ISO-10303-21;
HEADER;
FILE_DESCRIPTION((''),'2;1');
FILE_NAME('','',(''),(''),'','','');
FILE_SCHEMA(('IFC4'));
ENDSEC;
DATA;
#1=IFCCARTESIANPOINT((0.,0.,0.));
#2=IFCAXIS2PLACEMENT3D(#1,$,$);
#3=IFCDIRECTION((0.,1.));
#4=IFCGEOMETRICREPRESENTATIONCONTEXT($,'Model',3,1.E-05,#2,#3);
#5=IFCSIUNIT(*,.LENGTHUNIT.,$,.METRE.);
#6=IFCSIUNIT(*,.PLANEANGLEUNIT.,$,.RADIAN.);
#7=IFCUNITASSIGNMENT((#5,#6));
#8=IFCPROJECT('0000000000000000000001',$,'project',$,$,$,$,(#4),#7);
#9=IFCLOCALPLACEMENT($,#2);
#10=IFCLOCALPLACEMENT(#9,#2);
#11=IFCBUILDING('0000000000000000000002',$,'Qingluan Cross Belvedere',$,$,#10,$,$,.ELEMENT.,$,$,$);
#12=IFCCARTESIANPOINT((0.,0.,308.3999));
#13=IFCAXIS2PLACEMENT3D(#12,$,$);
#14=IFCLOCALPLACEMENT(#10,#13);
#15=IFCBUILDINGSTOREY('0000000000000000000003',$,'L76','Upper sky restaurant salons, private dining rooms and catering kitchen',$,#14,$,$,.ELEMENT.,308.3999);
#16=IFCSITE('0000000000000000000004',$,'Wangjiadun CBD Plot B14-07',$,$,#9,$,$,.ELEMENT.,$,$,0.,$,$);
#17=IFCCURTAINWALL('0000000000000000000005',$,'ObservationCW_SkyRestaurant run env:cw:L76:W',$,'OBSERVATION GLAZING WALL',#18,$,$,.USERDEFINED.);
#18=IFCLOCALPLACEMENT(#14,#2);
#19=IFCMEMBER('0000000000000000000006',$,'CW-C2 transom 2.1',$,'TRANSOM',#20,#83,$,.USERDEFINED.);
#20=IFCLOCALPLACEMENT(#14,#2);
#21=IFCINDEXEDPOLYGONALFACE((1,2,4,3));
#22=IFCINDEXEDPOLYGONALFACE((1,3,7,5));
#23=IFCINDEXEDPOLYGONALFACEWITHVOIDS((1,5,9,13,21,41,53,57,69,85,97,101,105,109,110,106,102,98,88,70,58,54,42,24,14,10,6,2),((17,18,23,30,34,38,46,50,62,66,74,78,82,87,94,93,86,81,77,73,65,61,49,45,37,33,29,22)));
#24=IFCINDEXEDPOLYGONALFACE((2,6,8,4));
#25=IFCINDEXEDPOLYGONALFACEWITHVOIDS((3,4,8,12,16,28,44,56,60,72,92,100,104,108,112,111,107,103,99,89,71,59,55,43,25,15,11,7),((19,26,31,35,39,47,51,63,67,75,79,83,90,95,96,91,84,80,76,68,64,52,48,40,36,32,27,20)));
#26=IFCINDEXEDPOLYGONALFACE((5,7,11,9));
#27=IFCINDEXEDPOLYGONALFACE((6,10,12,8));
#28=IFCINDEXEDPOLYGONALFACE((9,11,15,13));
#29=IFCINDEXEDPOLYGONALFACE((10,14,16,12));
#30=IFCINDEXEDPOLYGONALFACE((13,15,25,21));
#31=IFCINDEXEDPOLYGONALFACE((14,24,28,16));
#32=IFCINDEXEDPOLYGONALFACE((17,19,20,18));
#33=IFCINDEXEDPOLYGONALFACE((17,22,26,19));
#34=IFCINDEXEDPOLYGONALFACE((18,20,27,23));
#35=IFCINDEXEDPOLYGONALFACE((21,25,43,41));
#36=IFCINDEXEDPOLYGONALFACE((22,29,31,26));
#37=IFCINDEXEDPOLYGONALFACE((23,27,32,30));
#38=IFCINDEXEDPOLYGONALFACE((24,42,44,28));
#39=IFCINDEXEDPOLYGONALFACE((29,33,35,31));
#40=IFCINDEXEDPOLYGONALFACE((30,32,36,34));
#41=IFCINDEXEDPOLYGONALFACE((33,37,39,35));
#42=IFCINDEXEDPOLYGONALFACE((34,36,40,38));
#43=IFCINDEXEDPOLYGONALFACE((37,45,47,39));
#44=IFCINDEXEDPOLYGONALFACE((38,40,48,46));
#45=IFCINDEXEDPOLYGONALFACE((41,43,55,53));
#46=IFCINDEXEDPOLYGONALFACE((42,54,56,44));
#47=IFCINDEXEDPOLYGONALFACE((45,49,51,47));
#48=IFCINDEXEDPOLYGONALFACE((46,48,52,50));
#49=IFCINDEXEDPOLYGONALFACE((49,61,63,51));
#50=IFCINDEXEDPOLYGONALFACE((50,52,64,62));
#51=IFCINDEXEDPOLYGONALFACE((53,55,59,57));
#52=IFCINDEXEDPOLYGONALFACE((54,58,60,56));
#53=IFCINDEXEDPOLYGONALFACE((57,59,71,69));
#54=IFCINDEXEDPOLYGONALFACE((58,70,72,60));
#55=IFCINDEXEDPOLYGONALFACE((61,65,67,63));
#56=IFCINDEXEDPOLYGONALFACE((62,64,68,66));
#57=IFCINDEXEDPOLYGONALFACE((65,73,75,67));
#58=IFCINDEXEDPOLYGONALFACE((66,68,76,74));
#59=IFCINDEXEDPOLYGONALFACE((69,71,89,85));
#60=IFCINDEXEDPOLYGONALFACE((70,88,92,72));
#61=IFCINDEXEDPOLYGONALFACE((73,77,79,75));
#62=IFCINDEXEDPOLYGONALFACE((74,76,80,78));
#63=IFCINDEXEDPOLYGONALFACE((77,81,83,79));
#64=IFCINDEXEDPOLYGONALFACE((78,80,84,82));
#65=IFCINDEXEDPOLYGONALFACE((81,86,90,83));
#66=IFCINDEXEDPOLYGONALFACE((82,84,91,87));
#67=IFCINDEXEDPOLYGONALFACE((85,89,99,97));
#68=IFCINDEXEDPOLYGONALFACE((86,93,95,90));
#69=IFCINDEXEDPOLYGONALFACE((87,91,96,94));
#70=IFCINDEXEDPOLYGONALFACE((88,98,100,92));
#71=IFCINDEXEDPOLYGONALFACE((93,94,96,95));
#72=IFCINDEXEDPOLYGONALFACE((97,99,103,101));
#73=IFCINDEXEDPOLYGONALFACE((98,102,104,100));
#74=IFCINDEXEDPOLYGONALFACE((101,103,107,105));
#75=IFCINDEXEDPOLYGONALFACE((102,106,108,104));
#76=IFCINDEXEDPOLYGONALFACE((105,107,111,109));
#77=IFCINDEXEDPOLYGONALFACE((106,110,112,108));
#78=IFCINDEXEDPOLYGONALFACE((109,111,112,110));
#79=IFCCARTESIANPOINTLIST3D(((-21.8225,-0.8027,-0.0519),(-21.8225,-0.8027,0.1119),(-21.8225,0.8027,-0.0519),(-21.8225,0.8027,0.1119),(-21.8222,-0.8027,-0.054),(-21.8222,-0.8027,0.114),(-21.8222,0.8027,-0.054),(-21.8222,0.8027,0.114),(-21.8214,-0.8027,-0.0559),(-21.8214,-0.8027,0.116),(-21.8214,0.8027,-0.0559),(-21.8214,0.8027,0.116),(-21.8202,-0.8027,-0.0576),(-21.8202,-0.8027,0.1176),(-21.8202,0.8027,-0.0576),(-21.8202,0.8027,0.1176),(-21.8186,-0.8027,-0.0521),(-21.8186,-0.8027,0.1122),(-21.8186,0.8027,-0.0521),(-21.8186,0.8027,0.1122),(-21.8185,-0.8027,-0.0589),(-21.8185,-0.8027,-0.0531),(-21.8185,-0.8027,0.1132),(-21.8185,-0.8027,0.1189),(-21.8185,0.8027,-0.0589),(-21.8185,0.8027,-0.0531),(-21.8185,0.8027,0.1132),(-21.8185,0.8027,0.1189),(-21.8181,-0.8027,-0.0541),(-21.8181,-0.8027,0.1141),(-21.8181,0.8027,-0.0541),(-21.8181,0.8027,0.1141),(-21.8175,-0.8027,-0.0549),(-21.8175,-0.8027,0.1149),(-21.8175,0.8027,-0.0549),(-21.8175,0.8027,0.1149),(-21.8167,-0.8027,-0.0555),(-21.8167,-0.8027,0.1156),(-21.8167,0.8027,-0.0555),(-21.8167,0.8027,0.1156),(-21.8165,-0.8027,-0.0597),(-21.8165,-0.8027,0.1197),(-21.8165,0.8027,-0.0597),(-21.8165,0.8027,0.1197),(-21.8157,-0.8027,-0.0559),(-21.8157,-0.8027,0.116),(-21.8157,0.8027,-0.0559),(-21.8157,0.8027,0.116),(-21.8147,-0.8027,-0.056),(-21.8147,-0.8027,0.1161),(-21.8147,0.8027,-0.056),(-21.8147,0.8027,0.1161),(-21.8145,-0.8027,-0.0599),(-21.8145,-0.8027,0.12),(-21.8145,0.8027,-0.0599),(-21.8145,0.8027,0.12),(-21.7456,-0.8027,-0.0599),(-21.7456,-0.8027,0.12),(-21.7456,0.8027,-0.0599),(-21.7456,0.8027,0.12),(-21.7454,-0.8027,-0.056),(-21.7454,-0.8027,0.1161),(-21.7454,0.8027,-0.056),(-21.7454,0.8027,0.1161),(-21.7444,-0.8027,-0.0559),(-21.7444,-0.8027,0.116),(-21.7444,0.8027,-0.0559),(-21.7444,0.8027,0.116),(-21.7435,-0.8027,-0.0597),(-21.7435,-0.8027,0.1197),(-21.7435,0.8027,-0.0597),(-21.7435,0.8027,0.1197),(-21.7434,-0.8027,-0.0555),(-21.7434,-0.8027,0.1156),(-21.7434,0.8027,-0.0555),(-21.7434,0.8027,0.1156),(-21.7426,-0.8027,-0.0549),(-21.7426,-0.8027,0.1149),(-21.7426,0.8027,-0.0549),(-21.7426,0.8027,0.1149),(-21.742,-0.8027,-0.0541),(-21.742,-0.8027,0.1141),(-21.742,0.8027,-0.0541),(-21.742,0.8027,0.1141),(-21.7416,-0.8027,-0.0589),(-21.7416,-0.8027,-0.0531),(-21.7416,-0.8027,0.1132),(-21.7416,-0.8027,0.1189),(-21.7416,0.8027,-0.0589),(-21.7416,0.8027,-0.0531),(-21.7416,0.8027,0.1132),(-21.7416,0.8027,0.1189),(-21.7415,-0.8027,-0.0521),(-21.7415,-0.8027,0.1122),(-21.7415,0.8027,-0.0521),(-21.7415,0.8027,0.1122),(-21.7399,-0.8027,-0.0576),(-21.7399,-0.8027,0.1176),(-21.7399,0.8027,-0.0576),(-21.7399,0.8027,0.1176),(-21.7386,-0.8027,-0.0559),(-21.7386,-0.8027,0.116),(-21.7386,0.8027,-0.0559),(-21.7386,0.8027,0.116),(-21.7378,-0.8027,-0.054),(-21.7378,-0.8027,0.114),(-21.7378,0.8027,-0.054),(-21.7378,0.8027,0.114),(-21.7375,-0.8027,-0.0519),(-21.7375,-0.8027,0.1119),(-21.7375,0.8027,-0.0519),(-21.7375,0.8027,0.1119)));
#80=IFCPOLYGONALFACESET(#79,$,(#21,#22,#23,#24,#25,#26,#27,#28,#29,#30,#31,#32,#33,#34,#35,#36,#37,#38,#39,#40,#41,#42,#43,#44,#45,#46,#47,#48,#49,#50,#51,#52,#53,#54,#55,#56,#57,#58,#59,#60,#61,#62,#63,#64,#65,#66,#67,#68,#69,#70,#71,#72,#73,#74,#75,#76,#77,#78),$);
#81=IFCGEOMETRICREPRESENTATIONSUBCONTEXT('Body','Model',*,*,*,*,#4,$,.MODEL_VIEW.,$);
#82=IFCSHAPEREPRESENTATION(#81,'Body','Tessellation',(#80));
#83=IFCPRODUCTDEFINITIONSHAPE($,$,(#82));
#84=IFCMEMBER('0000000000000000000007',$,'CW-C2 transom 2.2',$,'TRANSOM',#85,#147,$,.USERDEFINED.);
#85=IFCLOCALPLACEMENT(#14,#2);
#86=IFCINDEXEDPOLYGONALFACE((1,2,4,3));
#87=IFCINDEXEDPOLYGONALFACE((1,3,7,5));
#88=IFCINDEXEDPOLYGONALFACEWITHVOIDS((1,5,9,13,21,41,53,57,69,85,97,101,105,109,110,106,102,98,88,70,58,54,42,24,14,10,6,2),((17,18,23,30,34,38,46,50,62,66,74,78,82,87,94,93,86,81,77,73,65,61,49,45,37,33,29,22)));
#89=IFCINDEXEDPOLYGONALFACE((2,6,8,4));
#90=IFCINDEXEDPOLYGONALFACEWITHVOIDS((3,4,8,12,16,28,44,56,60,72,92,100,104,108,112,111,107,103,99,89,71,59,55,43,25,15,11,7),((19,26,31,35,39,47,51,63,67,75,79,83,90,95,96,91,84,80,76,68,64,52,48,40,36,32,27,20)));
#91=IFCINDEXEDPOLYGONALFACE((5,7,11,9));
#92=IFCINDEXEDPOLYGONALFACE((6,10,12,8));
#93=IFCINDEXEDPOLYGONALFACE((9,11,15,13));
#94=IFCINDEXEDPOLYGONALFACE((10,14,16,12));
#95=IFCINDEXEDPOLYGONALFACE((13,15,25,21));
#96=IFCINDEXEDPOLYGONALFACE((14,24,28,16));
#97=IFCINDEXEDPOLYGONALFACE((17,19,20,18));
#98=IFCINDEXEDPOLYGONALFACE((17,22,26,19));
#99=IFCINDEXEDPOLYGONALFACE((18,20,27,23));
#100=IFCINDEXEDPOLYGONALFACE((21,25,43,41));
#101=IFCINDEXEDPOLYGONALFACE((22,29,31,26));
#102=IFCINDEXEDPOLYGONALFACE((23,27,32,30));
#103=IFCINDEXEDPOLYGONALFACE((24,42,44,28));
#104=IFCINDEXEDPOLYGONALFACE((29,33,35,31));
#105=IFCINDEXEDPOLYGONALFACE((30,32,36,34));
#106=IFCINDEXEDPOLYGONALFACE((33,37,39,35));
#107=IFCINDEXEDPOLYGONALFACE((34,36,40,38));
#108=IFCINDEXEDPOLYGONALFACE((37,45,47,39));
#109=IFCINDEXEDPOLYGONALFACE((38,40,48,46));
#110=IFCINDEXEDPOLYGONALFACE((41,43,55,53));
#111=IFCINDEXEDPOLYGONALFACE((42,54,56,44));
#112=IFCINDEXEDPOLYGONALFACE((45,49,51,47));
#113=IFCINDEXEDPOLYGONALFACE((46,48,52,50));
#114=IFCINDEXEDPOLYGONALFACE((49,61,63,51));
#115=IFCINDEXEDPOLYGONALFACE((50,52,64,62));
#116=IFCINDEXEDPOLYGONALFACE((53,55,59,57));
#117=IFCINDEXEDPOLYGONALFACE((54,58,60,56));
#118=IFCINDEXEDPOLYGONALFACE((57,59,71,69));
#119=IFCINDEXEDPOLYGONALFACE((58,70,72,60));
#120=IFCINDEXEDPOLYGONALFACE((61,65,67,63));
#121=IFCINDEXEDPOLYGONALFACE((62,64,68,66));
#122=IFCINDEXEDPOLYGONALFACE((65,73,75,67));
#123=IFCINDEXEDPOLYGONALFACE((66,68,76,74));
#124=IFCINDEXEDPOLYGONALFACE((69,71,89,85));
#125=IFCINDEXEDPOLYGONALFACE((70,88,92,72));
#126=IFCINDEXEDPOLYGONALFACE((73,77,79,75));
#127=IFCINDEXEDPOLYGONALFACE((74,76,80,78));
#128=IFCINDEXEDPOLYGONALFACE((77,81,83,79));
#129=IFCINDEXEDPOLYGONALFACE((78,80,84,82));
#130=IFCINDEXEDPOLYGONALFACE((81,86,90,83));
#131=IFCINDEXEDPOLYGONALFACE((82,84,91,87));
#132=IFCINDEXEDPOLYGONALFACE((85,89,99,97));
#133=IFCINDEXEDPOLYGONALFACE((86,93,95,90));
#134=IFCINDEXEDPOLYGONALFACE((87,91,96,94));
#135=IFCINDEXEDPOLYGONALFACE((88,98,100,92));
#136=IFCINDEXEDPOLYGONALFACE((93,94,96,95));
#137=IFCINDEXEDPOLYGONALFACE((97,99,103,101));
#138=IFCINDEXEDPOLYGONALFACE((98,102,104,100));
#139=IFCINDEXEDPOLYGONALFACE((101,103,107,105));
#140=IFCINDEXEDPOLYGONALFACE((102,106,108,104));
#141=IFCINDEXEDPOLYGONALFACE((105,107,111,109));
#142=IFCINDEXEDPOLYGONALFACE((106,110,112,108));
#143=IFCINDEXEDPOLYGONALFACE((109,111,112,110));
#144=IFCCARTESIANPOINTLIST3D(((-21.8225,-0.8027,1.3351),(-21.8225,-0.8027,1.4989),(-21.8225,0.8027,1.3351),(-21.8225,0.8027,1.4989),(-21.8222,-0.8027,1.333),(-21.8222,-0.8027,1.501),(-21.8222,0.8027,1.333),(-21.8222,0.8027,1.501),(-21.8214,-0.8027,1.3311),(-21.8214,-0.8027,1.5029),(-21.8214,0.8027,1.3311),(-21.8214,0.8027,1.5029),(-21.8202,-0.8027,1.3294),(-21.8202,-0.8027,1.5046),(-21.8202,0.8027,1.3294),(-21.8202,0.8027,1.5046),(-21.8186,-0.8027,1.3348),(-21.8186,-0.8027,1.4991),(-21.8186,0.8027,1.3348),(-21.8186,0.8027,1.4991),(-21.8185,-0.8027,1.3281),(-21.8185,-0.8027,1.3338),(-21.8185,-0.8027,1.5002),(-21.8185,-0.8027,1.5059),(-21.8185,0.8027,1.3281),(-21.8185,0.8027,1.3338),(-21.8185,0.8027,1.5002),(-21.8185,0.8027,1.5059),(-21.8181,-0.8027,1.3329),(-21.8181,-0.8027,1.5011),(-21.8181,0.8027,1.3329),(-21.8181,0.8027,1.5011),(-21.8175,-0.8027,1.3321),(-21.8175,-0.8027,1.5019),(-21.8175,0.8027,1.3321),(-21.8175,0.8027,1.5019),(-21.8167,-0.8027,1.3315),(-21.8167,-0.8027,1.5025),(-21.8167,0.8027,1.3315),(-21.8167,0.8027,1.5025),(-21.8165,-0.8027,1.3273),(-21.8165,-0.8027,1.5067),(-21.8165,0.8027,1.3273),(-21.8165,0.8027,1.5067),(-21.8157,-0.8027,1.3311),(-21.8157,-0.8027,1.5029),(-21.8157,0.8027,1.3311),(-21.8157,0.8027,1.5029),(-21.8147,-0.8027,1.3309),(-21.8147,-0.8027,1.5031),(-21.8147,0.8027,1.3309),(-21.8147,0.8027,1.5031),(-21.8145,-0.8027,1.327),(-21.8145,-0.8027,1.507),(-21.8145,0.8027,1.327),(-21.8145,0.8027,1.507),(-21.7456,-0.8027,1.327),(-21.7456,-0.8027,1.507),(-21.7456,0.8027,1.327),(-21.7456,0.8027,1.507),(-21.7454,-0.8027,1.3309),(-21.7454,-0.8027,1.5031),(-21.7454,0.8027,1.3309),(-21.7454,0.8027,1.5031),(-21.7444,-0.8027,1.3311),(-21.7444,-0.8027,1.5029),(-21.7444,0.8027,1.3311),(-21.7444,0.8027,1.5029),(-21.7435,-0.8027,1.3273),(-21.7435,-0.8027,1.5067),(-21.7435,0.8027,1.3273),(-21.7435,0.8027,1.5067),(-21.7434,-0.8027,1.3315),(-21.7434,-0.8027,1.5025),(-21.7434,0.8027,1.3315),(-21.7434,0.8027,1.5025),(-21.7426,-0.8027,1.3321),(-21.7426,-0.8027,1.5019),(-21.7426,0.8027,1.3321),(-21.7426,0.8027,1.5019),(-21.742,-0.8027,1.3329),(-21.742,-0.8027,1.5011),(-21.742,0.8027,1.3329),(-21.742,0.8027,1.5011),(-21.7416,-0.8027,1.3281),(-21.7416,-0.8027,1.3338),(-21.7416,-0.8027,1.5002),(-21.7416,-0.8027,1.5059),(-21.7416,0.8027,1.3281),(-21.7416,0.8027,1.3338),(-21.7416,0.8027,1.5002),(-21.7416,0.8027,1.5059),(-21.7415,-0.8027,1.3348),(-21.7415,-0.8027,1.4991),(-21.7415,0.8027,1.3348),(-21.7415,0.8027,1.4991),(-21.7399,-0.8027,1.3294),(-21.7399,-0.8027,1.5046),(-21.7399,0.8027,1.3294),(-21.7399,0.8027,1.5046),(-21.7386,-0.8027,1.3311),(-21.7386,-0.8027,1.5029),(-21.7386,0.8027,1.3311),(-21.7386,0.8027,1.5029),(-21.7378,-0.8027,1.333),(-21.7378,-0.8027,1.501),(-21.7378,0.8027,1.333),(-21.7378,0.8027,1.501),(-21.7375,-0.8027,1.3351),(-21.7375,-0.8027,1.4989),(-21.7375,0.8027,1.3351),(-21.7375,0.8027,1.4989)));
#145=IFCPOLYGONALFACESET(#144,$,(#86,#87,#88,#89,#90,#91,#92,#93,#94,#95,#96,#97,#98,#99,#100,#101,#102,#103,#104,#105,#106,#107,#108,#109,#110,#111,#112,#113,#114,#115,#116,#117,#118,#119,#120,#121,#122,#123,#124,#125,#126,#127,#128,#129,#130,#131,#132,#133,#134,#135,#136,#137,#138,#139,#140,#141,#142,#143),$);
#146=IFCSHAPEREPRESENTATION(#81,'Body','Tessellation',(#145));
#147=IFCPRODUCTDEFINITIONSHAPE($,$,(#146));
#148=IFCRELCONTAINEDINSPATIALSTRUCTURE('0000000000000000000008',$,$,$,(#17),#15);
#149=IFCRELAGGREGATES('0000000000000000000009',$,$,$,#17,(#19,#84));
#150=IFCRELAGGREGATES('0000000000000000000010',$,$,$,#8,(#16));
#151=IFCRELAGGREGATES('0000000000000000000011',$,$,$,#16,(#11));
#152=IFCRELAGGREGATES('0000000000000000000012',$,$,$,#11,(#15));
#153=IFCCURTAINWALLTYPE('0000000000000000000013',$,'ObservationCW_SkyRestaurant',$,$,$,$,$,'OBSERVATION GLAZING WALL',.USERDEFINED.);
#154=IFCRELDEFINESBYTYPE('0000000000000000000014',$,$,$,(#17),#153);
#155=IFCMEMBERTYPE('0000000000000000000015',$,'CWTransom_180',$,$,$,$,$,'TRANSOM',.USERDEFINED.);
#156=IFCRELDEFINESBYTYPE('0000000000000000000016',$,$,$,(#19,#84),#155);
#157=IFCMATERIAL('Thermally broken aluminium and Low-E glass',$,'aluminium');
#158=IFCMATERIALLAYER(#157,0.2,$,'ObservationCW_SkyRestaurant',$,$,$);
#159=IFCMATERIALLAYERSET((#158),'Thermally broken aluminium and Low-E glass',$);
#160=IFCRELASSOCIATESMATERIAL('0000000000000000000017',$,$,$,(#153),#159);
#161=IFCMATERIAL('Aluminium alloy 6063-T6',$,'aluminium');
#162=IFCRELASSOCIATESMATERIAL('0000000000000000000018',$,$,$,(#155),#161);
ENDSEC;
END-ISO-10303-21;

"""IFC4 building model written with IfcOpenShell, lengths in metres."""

from ifc_helpers import new_model, si_unit, direction, frame, origin, origin_2d, place, context, subcontext, project, spatial, hollow_rectangle, extrude, material, layer, layer_set, material_profile, profile_set, type_object, element, aggregate, save


model = new_model("IFC4")

# Units and contexts
model_context = context("Model", 3, precision=1e-05, world=origin(), true_north=direction((0.0, 1.0)))
body_context = subcontext(model_context, "Body", "Model", "MODEL_VIEW")
ifc_project = project(units=[si_unit("LENGTHUNIT", "METRE"), si_unit("PLANEANGLEUNIT", "RADIAN")], contexts=[model_context])

# Site, building, storey
site_placement = place(None, origin())
site = spatial("IfcSite", under=ifc_project, at=site_placement, Name="Wangjiadun CBD Plot B14-07", CompositionType="ELEMENT", RefElevation=0.0)
building_placement = place(site_placement, origin())
building = spatial("IfcBuilding", under=site, at=building_placement, Name="Qingluan Cross Belvedere", CompositionType="ELEMENT")
storey_placement = place(building_placement, frame((0.0, 0.0, 308.3999)))
storey = spatial("IfcBuildingStorey", under=building, at=storey_placement, Name="L76", Description="Upper sky restaurant salons, private dining rooms and catering kitchen", CompositionType="ELEMENT", Elevation=308.3999)

# Curtain wall, members
ifc_material_1 = material(Name="Thermally broken aluminium and Low-E glass", Category="aluminium")
ifc_layer_1 = layer(ifc_material_1, 0.2, Name="ObservationCW_SkyRestaurant")
ifc_layer_set_1 = layer_set([ifc_layer_1], Name="Thermally broken aluminium and Low-E glass")
curtain_wall_type = type_object("IfcCurtainWallType", Name="ObservationCW_SkyRestaurant", ElementType="OBSERVATION GLAZING WALL", PredefinedType="USERDEFINED", material=ifc_layer_set_1)
curtain_wall_placement = place(storey_placement, origin())
curtain_wall = element("IfcCurtainWall", 1, at=curtain_wall_placement, inside=storey, type_object=curtain_wall_type, Name="ObservationCW_SkyRestaurant run env:cw:L76:W", ObjectType="OBSERVATION GLAZING WALL", PredefinedType="USERDEFINED")
ifc_material_2 = material(Name="Aluminium alloy 6063-T6", Category="aluminium")
ifc_material_profile_1 = material_profile(ifc_material_2, hollow_rectangle(XDim=0.085, YDim=0.1799, WallThickness=0.0039, InnerFilletRadius=0.0039, OuterFilletRadius=0.0081, at=origin_2d()), Name="CWT180x85x4")
ifc_profile_set_1 = profile_set([ifc_material_profile_1], Name="Aluminium alloy 6063-T6")
member_type_1 = type_object("IfcMemberType", Name="CWTransom_180", ElementType="TRANSOM", PredefinedType="USERDEFINED", material=ifc_profile_set_1)
member_1_placement = place(storey_placement, frame((-21.78, 0.8027, 0.03), z_axis=(0.0, -1.0, 0.0), x_axis=(1.0, 0.0, 0.0)))
member_1 = element("IfcMember", 2, at=member_1_placement, type_object=member_type_1, Name="CW-C2 transom 2.1", ObjectType="TRANSOM", PredefinedType="USERDEFINED", context=body_context, shape_type="SweptSolid", body=[
    extrude(hollow_rectangle(XDim=0.085, YDim=0.1799, WallThickness=0.0039, InnerFilletRadius=0.0039, OuterFilletRadius=0.0081, at=origin_2d()), origin(), (0.0, 0.0, 1.0), 1.6055),
])
member_2_placement = place(storey_placement, frame((-21.78, 0.8027, 1.417), z_axis=(0.0, -1.0, 0.0), x_axis=(1.0, 0.0, 0.0)))
member_2 = element("IfcMember", 3, at=member_2_placement, type_object=member_type_1, Name="CW-C2 transom 2.2", ObjectType="TRANSOM", PredefinedType="USERDEFINED", context=body_context, shape_type="SweptSolid", body=[
    extrude(hollow_rectangle(XDim=0.085, YDim=0.1799, WallThickness=0.0039, InnerFilletRadius=0.0039, OuterFilletRadius=0.0081, at=origin_2d()), origin(), (0.0, 0.0, 1.0), 1.6055),
])
aggregate(curtain_wall, [member_1, member_2])

save(model, "model.ifc")
